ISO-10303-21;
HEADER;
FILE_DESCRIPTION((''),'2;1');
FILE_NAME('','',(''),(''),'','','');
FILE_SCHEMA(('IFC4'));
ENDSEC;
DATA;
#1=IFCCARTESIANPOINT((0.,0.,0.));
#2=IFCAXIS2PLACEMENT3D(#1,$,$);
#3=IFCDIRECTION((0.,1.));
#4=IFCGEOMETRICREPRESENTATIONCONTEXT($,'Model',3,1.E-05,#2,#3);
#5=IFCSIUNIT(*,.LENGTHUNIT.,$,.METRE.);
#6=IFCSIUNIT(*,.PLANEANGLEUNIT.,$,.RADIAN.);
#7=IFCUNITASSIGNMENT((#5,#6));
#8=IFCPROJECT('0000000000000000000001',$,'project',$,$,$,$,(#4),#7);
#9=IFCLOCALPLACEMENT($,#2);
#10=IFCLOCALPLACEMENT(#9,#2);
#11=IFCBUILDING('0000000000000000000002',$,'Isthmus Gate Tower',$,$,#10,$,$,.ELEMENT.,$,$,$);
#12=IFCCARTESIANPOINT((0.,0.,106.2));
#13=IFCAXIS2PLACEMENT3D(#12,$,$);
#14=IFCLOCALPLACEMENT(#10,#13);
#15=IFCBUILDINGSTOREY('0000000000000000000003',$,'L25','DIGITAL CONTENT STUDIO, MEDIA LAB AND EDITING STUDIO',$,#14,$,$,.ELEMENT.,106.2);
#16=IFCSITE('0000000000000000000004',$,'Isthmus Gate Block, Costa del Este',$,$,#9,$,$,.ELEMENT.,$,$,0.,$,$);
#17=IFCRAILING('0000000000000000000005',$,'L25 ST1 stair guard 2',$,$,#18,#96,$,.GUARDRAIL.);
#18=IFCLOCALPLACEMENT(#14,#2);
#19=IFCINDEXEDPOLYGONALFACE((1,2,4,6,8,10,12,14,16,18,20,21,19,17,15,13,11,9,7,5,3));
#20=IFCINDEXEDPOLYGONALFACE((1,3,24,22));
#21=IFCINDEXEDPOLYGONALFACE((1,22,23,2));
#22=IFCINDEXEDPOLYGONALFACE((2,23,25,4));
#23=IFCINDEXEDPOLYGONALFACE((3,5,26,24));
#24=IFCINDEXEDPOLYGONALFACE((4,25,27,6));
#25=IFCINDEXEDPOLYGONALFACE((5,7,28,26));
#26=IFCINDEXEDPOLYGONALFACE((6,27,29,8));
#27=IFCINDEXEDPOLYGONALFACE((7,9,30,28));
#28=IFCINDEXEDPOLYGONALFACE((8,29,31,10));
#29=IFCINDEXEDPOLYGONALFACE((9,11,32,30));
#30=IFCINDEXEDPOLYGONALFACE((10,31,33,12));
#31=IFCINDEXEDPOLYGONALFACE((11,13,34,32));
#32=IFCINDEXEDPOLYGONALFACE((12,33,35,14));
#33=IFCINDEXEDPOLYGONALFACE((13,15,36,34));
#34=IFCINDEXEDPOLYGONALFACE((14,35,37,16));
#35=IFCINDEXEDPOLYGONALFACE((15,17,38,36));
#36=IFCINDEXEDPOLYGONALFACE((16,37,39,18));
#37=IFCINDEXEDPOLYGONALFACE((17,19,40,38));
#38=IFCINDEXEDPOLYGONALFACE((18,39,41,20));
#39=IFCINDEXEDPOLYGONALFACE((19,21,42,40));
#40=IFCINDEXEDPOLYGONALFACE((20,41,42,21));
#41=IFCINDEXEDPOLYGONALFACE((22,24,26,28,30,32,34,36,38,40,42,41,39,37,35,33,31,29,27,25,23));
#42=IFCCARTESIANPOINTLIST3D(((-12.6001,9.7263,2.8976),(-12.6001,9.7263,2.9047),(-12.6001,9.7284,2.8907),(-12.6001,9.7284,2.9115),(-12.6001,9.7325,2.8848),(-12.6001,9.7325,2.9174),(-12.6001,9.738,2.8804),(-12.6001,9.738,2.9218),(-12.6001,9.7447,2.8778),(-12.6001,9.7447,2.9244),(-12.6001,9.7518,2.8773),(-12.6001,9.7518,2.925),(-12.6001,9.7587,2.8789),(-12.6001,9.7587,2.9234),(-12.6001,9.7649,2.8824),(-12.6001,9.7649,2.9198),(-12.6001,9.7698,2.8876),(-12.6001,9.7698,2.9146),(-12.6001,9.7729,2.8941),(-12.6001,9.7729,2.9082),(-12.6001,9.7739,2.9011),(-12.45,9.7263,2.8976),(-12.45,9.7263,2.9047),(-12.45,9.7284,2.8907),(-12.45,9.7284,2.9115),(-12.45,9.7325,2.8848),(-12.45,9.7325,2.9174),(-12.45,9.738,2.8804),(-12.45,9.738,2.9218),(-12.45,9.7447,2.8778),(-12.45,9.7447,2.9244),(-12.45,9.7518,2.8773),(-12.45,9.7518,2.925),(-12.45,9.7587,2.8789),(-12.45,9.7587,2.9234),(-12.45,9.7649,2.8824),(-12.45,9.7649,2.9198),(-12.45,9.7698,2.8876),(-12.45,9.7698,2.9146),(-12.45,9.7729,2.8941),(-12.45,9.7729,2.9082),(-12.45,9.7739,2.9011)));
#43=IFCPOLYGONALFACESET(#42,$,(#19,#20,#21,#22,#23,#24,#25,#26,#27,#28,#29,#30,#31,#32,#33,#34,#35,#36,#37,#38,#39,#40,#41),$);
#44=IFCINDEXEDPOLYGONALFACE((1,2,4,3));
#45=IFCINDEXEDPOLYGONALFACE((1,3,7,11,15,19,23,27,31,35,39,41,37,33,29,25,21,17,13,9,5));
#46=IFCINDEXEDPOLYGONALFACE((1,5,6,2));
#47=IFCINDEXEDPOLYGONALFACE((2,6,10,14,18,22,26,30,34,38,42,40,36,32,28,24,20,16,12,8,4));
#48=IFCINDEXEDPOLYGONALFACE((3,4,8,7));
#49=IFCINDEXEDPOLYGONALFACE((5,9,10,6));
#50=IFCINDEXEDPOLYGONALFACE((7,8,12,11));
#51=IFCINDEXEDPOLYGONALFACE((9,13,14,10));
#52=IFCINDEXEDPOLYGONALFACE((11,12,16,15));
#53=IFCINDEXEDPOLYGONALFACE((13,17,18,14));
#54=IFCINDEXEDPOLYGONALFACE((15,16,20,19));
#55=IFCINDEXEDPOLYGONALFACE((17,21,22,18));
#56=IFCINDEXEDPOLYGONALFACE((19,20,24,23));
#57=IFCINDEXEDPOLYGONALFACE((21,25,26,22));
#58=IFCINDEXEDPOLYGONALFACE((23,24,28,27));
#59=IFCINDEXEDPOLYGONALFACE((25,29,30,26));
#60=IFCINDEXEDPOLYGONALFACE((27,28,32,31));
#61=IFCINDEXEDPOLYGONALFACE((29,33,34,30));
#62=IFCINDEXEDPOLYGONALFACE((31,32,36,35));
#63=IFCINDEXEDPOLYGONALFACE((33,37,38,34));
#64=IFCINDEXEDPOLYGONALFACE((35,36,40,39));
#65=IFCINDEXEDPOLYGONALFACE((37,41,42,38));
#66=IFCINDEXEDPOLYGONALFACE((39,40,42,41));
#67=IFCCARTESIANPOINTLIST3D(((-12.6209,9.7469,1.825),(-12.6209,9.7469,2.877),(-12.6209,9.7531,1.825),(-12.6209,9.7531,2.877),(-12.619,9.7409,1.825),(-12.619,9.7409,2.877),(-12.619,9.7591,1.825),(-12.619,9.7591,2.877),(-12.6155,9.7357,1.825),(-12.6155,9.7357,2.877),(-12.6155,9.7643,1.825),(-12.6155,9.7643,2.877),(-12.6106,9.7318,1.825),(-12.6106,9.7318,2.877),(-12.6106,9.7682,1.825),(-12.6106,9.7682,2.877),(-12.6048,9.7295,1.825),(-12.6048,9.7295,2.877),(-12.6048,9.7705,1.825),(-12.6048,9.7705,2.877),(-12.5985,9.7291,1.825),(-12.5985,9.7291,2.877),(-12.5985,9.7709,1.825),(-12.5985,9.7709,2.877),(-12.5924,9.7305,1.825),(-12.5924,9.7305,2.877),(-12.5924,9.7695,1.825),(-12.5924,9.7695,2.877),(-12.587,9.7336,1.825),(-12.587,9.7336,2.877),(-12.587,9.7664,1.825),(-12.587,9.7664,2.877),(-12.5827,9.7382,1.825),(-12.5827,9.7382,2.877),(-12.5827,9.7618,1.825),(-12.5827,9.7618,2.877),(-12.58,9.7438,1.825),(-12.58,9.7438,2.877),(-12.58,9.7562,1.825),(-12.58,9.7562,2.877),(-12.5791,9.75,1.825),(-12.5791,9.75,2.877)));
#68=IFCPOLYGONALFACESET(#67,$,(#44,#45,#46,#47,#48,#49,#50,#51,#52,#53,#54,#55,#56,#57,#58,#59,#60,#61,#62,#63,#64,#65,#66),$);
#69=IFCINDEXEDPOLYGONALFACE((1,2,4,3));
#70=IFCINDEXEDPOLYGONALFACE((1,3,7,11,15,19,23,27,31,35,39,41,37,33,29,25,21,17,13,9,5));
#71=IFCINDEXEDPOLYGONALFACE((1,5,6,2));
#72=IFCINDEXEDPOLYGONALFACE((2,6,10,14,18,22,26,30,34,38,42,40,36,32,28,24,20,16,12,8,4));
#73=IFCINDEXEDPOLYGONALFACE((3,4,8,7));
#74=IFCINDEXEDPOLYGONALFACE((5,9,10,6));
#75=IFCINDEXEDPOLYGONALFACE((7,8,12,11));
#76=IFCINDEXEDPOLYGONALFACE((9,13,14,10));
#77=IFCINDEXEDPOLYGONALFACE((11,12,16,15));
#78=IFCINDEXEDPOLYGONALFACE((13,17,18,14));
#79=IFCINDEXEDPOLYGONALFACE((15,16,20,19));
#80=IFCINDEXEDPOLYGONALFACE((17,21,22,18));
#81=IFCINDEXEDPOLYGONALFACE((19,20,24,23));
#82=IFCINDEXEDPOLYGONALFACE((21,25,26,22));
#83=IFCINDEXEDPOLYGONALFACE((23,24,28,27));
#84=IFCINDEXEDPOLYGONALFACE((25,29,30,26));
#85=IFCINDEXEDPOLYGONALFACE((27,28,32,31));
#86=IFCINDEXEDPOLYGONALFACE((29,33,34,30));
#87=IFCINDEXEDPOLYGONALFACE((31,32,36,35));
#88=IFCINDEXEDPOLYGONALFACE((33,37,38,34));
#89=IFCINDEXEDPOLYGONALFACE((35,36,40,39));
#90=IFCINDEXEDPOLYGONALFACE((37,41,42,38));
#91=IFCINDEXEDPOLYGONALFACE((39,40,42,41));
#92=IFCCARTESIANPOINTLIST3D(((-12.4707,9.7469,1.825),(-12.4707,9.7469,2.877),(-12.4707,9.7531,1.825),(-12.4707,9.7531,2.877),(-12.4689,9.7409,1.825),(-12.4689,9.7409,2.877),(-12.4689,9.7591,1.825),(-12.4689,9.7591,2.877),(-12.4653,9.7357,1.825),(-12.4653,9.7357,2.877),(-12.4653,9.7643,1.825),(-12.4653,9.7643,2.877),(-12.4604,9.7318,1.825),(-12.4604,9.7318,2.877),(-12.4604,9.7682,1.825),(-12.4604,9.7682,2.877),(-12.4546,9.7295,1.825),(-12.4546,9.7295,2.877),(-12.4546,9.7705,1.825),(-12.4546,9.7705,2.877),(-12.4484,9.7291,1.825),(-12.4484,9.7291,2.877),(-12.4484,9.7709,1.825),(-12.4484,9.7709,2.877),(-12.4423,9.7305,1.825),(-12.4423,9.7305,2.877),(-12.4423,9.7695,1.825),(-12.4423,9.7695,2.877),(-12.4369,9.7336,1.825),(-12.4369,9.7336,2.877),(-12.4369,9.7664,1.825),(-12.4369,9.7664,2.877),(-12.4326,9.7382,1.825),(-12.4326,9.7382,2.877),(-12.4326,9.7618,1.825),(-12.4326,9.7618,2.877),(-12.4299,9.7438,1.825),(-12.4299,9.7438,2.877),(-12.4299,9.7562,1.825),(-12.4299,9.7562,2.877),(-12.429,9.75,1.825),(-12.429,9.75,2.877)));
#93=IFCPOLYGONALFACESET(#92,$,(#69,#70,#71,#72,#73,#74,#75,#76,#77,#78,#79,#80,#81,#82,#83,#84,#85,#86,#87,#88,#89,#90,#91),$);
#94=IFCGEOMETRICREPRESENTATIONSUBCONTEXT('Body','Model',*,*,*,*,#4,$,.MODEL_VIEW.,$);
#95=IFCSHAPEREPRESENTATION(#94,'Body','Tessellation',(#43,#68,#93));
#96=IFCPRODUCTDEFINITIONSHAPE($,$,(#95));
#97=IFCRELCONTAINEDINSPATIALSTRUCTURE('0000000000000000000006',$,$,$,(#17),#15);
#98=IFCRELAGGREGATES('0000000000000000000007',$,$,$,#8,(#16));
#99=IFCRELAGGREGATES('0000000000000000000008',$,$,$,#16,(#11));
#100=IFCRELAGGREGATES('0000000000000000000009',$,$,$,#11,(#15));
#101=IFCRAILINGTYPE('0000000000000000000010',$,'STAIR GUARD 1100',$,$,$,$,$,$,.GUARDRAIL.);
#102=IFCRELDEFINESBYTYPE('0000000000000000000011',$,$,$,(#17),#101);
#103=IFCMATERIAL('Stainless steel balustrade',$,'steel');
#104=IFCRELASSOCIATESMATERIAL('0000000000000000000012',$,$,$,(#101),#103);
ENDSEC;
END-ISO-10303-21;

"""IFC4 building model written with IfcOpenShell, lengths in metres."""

from ifc_helpers import new_model, si_unit, direction, frame, origin, origin_2d, place, context, subcontext, project, spatial, circle, extrude, material, type_object, element, save


model = new_model("IFC4")

# Units and contexts
model_context = context("Model", 3, precision=1e-05, world=origin(), true_north=direction((0.0, 1.0)))
body_context = subcontext(model_context, "Body", "Model", "MODEL_VIEW")
ifc_project = project(units=[si_unit("LENGTHUNIT", "METRE"), si_unit("PLANEANGLEUNIT", "RADIAN")], contexts=[model_context])

# Site, building, storey
site_placement = place(None, origin())
site = spatial("IfcSite", under=ifc_project, at=site_placement, Name="Isthmus Gate Block, Costa del Este", CompositionType="ELEMENT", RefElevation=0.0)
building_placement = place(site_placement, origin())
building = spatial("IfcBuilding", under=site, at=building_placement, Name="Isthmus Gate Tower", CompositionType="ELEMENT")
storey_placement = place(building_placement, frame((0.0, 0.0, 106.2)))
storey = spatial("IfcBuildingStorey", under=building, at=storey_placement, Name="L25", Description="DIGITAL CONTENT STUDIO, MEDIA LAB AND EDITING STUDIO", CompositionType="ELEMENT", Elevation=106.2)

# Railing
ifc_material_1 = material(Name="Stainless steel balustrade", Category="steel")
railing_type_1 = type_object("IfcRailingType", Name="STAIR GUARD 1100", PredefinedType="GUARDRAIL", material=ifc_material_1)
railing_1_placement = place(storey_placement, frame((-12.6001, 9.75, 1.825)))
element("IfcRailing", 1, at=railing_1_placement, inside=storey, type_object=railing_type_1, Name="L25 ST1 stair guard 2", PredefinedType="GUARDRAIL", context=body_context, shape_type="SweptSolid", body=[
    extrude(circle(Radius=0.0239, at=origin_2d()), frame((0.0, 0.0, 1.0762), z_axis=(1.0, 0.0, 0.0), x_axis=(0.0, 1.0, 0.0)), (0.0, 0.0, 1.0), 0.1501),
    extrude(circle(Radius=0.021, at=origin_2d()), origin(), (0.0, 0.0, 1.0), 1.052),
    extrude(circle(Radius=0.021, at=origin_2d()), frame((0.1501, 0.0, 0.0)), (0.0, 0.0, 1.0), 1.052),
])

save(model, "model.ifc")
